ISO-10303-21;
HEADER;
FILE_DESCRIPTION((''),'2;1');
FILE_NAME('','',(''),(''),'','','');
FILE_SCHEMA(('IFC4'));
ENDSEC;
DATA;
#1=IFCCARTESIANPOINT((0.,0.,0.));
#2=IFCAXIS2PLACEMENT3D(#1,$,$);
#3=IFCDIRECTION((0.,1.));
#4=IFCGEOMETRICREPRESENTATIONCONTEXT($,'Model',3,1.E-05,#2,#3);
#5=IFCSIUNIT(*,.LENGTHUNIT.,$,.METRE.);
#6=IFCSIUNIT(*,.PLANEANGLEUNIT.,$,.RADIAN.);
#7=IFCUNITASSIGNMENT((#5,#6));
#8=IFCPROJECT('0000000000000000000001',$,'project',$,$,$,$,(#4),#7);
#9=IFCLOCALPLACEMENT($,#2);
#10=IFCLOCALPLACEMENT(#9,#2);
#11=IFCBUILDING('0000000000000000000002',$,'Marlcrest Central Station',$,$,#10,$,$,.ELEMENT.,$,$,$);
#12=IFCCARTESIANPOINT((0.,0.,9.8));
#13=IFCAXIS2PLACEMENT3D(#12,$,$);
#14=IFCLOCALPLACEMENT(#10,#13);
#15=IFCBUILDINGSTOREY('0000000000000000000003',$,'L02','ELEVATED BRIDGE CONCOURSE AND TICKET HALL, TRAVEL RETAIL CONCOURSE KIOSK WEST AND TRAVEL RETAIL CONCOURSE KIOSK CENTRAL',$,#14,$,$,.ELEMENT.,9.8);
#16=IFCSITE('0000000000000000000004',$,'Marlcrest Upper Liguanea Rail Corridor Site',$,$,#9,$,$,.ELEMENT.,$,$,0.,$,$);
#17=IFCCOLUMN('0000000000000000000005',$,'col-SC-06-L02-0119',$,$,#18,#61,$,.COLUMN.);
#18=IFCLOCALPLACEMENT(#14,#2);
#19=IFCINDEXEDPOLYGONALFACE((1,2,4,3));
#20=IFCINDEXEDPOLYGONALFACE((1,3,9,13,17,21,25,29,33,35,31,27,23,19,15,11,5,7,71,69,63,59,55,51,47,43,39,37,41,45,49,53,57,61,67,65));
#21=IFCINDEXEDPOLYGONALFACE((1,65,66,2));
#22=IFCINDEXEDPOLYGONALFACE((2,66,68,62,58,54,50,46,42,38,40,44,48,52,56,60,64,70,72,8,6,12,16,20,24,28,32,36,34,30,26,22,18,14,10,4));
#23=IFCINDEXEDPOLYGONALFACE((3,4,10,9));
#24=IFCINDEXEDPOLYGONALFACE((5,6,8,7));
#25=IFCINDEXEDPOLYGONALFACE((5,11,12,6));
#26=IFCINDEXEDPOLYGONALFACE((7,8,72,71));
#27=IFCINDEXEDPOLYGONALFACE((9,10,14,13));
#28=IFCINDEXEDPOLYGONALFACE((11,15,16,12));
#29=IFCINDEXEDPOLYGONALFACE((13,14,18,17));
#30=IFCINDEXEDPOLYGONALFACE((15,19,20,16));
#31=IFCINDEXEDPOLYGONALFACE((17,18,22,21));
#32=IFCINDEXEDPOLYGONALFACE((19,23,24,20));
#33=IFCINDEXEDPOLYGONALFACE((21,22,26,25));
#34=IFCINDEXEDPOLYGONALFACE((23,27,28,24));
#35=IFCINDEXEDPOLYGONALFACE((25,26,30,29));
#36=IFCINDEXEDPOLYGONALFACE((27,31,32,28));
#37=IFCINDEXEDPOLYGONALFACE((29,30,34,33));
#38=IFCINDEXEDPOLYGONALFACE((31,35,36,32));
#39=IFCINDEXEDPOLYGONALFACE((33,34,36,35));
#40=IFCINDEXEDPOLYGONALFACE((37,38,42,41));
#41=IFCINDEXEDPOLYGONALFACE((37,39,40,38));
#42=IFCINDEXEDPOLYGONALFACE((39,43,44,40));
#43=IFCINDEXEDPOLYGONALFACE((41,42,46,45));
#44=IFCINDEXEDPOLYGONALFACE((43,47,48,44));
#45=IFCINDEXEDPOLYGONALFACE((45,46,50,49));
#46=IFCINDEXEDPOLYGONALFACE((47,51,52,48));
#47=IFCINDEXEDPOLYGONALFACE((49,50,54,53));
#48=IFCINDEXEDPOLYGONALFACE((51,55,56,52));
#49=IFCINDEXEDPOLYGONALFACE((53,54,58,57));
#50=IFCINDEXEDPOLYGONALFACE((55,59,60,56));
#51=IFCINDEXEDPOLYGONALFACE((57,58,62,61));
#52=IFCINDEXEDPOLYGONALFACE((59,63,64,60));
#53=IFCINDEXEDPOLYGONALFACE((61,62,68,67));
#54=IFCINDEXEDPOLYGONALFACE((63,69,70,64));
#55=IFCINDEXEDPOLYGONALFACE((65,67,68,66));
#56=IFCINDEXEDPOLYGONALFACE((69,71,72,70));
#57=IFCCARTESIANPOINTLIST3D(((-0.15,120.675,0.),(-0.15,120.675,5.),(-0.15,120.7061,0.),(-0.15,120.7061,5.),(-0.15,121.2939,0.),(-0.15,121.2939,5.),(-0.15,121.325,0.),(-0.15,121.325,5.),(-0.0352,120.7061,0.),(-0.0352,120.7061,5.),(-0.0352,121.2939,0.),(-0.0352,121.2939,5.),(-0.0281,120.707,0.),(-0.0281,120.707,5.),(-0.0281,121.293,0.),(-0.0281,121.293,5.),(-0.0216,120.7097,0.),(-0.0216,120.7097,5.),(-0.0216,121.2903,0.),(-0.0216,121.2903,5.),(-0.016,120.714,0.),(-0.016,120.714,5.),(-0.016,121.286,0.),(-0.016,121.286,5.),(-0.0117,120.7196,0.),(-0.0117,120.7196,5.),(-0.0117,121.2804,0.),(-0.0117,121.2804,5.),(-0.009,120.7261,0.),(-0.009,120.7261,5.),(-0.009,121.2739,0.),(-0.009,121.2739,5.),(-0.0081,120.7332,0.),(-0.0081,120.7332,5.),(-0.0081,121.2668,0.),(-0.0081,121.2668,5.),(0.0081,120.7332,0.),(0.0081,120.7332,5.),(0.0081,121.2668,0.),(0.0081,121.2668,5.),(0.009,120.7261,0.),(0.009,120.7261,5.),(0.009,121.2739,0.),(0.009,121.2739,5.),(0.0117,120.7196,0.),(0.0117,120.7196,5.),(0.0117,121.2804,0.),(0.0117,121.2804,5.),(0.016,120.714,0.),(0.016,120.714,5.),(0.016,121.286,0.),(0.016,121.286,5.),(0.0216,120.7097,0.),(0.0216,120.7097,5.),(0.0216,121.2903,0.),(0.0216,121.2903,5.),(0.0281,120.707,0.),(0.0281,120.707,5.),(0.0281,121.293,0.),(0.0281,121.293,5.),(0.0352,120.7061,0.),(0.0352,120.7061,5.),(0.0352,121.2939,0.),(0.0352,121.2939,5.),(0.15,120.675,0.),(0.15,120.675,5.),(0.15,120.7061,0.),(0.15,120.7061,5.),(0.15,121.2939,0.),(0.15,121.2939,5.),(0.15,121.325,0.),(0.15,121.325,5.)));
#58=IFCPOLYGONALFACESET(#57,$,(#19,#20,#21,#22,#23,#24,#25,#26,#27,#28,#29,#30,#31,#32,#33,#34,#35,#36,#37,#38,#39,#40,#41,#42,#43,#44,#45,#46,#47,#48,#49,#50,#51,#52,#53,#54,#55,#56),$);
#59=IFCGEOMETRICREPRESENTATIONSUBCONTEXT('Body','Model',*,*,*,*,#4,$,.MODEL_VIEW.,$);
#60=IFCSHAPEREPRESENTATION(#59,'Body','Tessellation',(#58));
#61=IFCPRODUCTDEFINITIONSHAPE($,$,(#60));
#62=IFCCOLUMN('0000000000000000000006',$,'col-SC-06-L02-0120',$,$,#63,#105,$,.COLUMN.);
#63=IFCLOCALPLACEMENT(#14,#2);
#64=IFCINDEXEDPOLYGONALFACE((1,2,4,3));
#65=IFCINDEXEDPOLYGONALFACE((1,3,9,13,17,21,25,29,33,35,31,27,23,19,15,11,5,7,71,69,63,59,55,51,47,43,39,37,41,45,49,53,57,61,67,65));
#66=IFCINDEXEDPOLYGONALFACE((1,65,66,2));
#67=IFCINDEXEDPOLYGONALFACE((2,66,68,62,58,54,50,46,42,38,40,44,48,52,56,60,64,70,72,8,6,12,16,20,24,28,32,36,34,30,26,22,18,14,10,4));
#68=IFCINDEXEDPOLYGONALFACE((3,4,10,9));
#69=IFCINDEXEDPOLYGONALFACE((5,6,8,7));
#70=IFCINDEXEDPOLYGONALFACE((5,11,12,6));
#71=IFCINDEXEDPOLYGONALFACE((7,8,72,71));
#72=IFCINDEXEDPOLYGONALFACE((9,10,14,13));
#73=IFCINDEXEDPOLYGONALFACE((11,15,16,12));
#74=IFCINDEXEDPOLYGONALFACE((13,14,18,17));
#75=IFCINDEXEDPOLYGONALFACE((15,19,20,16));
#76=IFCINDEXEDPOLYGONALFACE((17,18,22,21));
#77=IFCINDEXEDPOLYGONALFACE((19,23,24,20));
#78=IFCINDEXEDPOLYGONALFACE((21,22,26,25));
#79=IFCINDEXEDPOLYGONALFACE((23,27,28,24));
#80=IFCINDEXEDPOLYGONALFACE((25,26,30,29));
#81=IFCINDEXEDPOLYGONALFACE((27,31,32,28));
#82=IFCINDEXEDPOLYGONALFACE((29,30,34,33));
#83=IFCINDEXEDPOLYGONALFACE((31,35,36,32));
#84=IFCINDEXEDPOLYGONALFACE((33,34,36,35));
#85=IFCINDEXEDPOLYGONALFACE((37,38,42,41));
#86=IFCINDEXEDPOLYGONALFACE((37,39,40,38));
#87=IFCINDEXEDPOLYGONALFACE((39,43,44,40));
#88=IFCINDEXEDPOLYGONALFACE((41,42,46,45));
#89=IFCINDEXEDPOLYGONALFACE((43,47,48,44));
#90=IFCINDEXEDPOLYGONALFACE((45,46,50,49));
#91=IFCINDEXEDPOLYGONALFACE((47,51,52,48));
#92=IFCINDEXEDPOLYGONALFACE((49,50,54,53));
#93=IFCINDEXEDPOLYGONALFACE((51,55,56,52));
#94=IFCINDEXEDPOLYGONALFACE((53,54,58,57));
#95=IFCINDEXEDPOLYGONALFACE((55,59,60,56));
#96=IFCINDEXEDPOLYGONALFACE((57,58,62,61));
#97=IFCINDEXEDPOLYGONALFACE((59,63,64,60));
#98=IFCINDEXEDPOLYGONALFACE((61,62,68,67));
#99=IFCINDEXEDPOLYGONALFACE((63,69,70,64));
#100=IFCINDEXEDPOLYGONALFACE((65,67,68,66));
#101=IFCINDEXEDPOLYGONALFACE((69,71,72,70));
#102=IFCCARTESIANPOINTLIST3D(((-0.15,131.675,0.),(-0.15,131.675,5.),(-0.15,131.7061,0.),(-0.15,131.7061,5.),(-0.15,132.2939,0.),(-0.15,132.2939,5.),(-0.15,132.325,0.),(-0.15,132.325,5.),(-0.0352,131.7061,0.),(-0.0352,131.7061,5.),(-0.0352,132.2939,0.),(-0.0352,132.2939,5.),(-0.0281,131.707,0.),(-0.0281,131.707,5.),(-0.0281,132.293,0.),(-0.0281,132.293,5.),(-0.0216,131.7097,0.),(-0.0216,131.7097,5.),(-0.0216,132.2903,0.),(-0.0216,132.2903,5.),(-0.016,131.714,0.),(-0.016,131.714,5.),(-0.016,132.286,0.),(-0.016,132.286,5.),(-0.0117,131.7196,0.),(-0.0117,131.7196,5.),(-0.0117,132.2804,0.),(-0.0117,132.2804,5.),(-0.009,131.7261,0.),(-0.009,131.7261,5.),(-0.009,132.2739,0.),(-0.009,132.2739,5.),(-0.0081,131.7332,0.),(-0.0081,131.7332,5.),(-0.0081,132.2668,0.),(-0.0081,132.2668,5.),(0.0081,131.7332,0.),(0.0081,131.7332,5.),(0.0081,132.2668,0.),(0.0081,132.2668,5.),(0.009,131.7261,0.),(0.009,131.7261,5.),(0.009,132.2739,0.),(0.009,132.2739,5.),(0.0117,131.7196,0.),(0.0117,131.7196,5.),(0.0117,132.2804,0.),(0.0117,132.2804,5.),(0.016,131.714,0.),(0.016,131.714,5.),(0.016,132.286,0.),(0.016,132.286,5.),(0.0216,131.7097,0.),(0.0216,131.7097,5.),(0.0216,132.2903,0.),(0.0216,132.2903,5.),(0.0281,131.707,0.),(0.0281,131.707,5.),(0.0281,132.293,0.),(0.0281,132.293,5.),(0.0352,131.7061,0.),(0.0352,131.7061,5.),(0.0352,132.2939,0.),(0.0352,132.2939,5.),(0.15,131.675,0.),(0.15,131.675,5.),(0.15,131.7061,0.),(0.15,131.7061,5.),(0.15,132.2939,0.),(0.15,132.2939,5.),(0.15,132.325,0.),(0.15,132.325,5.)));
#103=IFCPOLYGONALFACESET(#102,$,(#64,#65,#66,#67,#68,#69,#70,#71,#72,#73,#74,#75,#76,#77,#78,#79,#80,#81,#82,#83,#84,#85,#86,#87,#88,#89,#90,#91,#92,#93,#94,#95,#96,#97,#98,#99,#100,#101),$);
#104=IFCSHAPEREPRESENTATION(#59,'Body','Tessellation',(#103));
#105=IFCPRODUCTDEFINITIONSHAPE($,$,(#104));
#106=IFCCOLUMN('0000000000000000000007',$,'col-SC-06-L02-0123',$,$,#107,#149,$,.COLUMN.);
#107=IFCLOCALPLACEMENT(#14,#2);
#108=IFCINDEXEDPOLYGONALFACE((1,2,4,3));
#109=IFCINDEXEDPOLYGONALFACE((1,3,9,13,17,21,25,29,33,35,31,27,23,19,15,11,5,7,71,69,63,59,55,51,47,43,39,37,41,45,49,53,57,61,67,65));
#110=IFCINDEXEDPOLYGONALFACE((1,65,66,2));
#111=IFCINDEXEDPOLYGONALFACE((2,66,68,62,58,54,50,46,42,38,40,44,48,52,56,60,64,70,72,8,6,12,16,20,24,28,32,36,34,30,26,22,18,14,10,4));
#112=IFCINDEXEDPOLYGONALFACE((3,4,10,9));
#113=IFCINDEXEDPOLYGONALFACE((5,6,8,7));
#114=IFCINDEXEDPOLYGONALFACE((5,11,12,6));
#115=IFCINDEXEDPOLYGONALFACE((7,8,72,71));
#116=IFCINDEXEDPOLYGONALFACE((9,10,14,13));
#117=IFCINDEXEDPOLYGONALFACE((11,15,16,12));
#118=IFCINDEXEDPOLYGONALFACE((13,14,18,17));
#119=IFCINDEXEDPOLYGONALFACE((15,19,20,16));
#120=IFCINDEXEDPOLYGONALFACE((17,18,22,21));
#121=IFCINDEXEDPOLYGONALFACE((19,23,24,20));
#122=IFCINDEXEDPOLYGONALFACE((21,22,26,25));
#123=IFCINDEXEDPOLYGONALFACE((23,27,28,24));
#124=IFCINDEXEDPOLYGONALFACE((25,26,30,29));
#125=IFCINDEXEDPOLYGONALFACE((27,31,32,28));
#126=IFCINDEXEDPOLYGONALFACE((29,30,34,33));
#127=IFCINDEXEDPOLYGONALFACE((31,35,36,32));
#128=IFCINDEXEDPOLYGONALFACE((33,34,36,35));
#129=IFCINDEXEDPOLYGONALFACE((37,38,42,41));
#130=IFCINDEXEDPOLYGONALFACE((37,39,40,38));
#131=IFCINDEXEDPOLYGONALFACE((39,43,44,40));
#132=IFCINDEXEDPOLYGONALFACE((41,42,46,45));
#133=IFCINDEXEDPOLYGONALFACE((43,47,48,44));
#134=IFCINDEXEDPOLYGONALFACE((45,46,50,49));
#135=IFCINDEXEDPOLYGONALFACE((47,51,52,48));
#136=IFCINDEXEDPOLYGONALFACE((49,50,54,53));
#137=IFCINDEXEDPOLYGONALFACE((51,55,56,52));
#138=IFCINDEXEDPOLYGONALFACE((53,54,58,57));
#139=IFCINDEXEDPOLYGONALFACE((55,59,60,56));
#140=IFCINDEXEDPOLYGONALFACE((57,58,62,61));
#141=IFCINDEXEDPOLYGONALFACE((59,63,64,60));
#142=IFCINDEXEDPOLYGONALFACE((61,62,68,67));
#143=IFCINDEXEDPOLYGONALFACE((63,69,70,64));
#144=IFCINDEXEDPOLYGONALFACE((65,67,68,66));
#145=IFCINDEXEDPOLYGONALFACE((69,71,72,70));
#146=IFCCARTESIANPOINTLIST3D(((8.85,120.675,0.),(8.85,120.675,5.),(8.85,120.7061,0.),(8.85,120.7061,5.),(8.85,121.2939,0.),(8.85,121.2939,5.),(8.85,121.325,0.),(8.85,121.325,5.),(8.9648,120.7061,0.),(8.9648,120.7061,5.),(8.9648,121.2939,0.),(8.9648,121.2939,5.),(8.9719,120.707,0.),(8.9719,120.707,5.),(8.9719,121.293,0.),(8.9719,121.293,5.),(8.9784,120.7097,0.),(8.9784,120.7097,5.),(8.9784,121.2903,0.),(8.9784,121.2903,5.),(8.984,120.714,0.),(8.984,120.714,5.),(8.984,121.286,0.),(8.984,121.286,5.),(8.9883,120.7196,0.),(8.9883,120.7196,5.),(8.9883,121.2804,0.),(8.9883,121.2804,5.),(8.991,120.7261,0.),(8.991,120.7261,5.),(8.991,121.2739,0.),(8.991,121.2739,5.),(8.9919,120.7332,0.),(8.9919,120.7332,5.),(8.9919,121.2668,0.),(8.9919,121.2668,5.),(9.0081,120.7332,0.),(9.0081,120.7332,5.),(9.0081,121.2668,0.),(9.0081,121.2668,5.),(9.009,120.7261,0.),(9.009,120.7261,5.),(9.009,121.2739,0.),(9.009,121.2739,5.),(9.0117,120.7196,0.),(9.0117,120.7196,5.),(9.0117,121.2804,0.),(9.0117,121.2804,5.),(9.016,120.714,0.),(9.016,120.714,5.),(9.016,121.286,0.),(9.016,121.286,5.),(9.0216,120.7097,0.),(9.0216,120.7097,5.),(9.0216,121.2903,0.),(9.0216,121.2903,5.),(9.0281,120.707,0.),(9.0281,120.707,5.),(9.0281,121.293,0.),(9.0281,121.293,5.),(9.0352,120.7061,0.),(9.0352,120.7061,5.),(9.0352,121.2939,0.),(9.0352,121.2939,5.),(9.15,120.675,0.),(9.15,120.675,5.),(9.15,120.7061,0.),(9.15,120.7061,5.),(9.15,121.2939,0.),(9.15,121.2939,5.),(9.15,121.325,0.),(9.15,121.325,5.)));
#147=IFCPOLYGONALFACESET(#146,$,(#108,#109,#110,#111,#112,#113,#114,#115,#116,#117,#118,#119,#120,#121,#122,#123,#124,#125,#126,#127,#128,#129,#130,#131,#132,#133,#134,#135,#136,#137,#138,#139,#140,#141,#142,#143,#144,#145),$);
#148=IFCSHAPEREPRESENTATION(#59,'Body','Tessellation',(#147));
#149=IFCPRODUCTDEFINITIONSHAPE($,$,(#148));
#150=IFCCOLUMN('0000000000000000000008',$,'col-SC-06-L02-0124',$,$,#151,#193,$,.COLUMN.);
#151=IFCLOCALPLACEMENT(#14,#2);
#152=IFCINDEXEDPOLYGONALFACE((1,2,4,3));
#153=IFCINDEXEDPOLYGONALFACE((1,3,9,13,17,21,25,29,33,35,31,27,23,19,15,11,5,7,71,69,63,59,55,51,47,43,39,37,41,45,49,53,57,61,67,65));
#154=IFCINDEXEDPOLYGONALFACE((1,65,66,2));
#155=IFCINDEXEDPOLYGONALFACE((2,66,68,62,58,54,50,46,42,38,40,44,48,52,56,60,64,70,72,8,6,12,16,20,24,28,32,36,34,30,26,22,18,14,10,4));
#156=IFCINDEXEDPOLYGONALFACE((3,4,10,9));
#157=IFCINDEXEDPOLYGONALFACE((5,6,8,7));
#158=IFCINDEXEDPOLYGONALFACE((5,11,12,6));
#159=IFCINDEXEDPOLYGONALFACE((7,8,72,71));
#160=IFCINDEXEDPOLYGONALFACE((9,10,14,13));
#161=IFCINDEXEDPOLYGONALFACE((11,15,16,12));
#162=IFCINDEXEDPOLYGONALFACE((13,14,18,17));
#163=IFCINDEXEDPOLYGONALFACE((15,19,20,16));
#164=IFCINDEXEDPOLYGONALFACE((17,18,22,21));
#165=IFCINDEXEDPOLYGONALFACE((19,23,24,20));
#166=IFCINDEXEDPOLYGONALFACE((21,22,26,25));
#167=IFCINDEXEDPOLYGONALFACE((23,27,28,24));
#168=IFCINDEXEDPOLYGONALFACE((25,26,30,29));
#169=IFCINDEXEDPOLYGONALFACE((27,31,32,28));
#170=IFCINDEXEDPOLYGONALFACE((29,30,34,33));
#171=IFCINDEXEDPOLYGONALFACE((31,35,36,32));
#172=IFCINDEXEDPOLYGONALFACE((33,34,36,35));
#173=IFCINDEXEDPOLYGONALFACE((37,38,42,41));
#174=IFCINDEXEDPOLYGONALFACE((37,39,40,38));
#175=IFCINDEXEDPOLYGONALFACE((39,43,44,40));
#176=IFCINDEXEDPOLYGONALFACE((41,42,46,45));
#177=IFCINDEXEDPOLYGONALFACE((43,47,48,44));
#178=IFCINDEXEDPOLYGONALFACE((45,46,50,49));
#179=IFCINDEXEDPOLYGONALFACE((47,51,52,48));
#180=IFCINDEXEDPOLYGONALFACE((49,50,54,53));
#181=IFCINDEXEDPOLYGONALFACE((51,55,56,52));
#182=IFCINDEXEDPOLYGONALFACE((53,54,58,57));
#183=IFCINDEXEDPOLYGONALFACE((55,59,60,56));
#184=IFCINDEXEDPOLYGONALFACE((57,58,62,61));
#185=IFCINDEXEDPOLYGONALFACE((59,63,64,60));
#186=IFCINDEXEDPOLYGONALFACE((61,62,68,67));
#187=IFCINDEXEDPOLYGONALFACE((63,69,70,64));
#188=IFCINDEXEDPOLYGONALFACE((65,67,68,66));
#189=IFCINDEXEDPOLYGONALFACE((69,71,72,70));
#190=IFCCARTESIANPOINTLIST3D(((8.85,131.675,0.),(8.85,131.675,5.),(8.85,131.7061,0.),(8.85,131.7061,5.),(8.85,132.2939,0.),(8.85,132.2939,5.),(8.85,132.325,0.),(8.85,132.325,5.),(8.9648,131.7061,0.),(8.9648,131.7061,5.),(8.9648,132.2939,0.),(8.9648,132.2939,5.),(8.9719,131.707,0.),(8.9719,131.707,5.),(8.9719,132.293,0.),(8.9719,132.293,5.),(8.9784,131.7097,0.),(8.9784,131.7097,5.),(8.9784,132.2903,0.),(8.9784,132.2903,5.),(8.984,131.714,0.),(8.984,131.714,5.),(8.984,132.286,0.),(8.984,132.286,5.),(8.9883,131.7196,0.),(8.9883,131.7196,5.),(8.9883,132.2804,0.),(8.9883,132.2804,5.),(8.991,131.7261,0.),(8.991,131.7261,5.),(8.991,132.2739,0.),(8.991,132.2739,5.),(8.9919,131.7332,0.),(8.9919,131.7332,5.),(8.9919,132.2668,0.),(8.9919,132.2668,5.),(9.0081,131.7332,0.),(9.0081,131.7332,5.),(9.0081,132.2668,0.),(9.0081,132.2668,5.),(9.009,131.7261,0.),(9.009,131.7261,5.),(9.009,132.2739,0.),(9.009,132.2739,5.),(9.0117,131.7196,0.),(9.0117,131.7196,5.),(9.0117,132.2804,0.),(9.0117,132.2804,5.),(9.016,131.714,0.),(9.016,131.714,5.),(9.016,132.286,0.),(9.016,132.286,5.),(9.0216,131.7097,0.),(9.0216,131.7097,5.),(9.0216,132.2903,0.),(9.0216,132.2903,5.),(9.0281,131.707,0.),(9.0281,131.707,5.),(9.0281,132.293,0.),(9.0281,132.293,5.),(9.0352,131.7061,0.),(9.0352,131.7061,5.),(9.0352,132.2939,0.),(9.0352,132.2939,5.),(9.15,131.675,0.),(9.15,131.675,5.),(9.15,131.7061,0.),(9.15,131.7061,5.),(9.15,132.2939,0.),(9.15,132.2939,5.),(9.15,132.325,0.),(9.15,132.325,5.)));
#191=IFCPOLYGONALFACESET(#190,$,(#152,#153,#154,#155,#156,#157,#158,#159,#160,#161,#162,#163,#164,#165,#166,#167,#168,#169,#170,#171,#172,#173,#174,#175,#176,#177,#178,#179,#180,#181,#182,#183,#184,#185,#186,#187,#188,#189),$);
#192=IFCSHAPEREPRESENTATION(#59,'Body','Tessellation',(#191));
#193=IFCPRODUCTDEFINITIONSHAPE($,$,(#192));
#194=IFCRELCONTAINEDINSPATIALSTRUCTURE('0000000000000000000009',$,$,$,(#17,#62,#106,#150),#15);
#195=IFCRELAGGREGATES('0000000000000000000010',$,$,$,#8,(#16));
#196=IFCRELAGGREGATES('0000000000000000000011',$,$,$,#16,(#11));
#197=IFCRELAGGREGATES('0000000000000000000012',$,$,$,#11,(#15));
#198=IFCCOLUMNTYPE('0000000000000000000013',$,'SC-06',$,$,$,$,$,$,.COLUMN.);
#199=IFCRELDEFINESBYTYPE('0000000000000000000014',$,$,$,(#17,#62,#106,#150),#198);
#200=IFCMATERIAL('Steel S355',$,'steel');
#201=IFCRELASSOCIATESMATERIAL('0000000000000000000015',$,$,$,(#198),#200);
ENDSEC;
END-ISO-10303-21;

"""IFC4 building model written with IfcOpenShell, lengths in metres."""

from ifc_helpers import new_model, si_unit, direction, frame, origin, origin_2d, place, context, subcontext, project, spatial, i_section, extrude, material, material_profile, profile_set, type_object, element, save


model = new_model("IFC4")

# Units and contexts
model_context = context("Model", 3, precision=1e-05, world=origin(), true_north=direction((0.0, 1.0)))
body_context = subcontext(model_context, "Body", "Model", "MODEL_VIEW")
ifc_project = project(units=[si_unit("LENGTHUNIT", "METRE"), si_unit("PLANEANGLEUNIT", "RADIAN")], contexts=[model_context])

# Site, building, storey
site_placement = place(None, origin())
site = spatial("IfcSite", under=ifc_project, at=site_placement, Name="Marlcrest Upper Liguanea Rail Corridor Site", CompositionType="ELEMENT", RefElevation=0.0)
building_placement = place(site_placement, origin())
building = spatial("IfcBuilding", under=site, at=building_placement, Name="Marlcrest Central Station", CompositionType="ELEMENT")
storey_placement = place(building_placement, frame((0.0, 0.0, 9.8)))
storey = spatial("IfcBuildingStorey", under=building, at=storey_placement, Name="L02", Description="ELEVATED BRIDGE CONCOURSE AND TICKET HALL, TRAVEL RETAIL CONCOURSE KIOSK WEST AND TRAVEL RETAIL CONCOURSE KIOSK CENTRAL", CompositionType="ELEMENT", Elevation=9.8)

# Columns
ifc_material_1 = material(Name="Steel S355", Category="steel")
ifc_material_profile_1 = material_profile(ifc_material_1, i_section(OverallWidth=0.3, OverallDepth=0.6499, WebThickness=0.0161, FlangeThickness=0.031, FilletRadius=0.0271, at=origin_2d()), Name="HEB 650")
ifc_profile_set_1 = profile_set([ifc_material_profile_1], Name="Steel S355")
column_type = type_object("IfcColumnType", Name="SC-06", PredefinedType="COLUMN", material=ifc_profile_set_1)
for number, where, z_axis, x_axis, name in (
    (1, (0.0, 121.0, 0.0), (0.0, 0.0, 1.0), (1.0, 0.0, 0.0), "col-SC-06-L02-0119"),
    (2, (0.0, 132.0, 0.0), (0.0, 0.0, 1.0), (1.0, 0.0, 0.0), "col-SC-06-L02-0120"),
    (3, (9.0, 121.0, 0.0), (0.0, 0.0, 1.0), (1.0, 0.0, 0.0), "col-SC-06-L02-0123"),
    (4, (9.0, 132.0, 0.0), (0.0, 0.0, 1.0), (1.0, 0.0, 0.0), "col-SC-06-L02-0124"),
):
    element("IfcColumn", number, at=place(storey_placement, frame(where, z_axis=z_axis, x_axis=x_axis)), inside=storey, type_object=column_type, Name=name, PredefinedType="COLUMN", context=body_context, shape_type="SweptSolid", body=[
        extrude(i_section(OverallWidth=0.3, OverallDepth=0.6499, WebThickness=0.0161, FlangeThickness=0.031, FilletRadius=0.0271, at=origin_2d()), origin(), (0.0, 0.0, 1.0), 5.0),
    ])

save(model, "model.ifc")
